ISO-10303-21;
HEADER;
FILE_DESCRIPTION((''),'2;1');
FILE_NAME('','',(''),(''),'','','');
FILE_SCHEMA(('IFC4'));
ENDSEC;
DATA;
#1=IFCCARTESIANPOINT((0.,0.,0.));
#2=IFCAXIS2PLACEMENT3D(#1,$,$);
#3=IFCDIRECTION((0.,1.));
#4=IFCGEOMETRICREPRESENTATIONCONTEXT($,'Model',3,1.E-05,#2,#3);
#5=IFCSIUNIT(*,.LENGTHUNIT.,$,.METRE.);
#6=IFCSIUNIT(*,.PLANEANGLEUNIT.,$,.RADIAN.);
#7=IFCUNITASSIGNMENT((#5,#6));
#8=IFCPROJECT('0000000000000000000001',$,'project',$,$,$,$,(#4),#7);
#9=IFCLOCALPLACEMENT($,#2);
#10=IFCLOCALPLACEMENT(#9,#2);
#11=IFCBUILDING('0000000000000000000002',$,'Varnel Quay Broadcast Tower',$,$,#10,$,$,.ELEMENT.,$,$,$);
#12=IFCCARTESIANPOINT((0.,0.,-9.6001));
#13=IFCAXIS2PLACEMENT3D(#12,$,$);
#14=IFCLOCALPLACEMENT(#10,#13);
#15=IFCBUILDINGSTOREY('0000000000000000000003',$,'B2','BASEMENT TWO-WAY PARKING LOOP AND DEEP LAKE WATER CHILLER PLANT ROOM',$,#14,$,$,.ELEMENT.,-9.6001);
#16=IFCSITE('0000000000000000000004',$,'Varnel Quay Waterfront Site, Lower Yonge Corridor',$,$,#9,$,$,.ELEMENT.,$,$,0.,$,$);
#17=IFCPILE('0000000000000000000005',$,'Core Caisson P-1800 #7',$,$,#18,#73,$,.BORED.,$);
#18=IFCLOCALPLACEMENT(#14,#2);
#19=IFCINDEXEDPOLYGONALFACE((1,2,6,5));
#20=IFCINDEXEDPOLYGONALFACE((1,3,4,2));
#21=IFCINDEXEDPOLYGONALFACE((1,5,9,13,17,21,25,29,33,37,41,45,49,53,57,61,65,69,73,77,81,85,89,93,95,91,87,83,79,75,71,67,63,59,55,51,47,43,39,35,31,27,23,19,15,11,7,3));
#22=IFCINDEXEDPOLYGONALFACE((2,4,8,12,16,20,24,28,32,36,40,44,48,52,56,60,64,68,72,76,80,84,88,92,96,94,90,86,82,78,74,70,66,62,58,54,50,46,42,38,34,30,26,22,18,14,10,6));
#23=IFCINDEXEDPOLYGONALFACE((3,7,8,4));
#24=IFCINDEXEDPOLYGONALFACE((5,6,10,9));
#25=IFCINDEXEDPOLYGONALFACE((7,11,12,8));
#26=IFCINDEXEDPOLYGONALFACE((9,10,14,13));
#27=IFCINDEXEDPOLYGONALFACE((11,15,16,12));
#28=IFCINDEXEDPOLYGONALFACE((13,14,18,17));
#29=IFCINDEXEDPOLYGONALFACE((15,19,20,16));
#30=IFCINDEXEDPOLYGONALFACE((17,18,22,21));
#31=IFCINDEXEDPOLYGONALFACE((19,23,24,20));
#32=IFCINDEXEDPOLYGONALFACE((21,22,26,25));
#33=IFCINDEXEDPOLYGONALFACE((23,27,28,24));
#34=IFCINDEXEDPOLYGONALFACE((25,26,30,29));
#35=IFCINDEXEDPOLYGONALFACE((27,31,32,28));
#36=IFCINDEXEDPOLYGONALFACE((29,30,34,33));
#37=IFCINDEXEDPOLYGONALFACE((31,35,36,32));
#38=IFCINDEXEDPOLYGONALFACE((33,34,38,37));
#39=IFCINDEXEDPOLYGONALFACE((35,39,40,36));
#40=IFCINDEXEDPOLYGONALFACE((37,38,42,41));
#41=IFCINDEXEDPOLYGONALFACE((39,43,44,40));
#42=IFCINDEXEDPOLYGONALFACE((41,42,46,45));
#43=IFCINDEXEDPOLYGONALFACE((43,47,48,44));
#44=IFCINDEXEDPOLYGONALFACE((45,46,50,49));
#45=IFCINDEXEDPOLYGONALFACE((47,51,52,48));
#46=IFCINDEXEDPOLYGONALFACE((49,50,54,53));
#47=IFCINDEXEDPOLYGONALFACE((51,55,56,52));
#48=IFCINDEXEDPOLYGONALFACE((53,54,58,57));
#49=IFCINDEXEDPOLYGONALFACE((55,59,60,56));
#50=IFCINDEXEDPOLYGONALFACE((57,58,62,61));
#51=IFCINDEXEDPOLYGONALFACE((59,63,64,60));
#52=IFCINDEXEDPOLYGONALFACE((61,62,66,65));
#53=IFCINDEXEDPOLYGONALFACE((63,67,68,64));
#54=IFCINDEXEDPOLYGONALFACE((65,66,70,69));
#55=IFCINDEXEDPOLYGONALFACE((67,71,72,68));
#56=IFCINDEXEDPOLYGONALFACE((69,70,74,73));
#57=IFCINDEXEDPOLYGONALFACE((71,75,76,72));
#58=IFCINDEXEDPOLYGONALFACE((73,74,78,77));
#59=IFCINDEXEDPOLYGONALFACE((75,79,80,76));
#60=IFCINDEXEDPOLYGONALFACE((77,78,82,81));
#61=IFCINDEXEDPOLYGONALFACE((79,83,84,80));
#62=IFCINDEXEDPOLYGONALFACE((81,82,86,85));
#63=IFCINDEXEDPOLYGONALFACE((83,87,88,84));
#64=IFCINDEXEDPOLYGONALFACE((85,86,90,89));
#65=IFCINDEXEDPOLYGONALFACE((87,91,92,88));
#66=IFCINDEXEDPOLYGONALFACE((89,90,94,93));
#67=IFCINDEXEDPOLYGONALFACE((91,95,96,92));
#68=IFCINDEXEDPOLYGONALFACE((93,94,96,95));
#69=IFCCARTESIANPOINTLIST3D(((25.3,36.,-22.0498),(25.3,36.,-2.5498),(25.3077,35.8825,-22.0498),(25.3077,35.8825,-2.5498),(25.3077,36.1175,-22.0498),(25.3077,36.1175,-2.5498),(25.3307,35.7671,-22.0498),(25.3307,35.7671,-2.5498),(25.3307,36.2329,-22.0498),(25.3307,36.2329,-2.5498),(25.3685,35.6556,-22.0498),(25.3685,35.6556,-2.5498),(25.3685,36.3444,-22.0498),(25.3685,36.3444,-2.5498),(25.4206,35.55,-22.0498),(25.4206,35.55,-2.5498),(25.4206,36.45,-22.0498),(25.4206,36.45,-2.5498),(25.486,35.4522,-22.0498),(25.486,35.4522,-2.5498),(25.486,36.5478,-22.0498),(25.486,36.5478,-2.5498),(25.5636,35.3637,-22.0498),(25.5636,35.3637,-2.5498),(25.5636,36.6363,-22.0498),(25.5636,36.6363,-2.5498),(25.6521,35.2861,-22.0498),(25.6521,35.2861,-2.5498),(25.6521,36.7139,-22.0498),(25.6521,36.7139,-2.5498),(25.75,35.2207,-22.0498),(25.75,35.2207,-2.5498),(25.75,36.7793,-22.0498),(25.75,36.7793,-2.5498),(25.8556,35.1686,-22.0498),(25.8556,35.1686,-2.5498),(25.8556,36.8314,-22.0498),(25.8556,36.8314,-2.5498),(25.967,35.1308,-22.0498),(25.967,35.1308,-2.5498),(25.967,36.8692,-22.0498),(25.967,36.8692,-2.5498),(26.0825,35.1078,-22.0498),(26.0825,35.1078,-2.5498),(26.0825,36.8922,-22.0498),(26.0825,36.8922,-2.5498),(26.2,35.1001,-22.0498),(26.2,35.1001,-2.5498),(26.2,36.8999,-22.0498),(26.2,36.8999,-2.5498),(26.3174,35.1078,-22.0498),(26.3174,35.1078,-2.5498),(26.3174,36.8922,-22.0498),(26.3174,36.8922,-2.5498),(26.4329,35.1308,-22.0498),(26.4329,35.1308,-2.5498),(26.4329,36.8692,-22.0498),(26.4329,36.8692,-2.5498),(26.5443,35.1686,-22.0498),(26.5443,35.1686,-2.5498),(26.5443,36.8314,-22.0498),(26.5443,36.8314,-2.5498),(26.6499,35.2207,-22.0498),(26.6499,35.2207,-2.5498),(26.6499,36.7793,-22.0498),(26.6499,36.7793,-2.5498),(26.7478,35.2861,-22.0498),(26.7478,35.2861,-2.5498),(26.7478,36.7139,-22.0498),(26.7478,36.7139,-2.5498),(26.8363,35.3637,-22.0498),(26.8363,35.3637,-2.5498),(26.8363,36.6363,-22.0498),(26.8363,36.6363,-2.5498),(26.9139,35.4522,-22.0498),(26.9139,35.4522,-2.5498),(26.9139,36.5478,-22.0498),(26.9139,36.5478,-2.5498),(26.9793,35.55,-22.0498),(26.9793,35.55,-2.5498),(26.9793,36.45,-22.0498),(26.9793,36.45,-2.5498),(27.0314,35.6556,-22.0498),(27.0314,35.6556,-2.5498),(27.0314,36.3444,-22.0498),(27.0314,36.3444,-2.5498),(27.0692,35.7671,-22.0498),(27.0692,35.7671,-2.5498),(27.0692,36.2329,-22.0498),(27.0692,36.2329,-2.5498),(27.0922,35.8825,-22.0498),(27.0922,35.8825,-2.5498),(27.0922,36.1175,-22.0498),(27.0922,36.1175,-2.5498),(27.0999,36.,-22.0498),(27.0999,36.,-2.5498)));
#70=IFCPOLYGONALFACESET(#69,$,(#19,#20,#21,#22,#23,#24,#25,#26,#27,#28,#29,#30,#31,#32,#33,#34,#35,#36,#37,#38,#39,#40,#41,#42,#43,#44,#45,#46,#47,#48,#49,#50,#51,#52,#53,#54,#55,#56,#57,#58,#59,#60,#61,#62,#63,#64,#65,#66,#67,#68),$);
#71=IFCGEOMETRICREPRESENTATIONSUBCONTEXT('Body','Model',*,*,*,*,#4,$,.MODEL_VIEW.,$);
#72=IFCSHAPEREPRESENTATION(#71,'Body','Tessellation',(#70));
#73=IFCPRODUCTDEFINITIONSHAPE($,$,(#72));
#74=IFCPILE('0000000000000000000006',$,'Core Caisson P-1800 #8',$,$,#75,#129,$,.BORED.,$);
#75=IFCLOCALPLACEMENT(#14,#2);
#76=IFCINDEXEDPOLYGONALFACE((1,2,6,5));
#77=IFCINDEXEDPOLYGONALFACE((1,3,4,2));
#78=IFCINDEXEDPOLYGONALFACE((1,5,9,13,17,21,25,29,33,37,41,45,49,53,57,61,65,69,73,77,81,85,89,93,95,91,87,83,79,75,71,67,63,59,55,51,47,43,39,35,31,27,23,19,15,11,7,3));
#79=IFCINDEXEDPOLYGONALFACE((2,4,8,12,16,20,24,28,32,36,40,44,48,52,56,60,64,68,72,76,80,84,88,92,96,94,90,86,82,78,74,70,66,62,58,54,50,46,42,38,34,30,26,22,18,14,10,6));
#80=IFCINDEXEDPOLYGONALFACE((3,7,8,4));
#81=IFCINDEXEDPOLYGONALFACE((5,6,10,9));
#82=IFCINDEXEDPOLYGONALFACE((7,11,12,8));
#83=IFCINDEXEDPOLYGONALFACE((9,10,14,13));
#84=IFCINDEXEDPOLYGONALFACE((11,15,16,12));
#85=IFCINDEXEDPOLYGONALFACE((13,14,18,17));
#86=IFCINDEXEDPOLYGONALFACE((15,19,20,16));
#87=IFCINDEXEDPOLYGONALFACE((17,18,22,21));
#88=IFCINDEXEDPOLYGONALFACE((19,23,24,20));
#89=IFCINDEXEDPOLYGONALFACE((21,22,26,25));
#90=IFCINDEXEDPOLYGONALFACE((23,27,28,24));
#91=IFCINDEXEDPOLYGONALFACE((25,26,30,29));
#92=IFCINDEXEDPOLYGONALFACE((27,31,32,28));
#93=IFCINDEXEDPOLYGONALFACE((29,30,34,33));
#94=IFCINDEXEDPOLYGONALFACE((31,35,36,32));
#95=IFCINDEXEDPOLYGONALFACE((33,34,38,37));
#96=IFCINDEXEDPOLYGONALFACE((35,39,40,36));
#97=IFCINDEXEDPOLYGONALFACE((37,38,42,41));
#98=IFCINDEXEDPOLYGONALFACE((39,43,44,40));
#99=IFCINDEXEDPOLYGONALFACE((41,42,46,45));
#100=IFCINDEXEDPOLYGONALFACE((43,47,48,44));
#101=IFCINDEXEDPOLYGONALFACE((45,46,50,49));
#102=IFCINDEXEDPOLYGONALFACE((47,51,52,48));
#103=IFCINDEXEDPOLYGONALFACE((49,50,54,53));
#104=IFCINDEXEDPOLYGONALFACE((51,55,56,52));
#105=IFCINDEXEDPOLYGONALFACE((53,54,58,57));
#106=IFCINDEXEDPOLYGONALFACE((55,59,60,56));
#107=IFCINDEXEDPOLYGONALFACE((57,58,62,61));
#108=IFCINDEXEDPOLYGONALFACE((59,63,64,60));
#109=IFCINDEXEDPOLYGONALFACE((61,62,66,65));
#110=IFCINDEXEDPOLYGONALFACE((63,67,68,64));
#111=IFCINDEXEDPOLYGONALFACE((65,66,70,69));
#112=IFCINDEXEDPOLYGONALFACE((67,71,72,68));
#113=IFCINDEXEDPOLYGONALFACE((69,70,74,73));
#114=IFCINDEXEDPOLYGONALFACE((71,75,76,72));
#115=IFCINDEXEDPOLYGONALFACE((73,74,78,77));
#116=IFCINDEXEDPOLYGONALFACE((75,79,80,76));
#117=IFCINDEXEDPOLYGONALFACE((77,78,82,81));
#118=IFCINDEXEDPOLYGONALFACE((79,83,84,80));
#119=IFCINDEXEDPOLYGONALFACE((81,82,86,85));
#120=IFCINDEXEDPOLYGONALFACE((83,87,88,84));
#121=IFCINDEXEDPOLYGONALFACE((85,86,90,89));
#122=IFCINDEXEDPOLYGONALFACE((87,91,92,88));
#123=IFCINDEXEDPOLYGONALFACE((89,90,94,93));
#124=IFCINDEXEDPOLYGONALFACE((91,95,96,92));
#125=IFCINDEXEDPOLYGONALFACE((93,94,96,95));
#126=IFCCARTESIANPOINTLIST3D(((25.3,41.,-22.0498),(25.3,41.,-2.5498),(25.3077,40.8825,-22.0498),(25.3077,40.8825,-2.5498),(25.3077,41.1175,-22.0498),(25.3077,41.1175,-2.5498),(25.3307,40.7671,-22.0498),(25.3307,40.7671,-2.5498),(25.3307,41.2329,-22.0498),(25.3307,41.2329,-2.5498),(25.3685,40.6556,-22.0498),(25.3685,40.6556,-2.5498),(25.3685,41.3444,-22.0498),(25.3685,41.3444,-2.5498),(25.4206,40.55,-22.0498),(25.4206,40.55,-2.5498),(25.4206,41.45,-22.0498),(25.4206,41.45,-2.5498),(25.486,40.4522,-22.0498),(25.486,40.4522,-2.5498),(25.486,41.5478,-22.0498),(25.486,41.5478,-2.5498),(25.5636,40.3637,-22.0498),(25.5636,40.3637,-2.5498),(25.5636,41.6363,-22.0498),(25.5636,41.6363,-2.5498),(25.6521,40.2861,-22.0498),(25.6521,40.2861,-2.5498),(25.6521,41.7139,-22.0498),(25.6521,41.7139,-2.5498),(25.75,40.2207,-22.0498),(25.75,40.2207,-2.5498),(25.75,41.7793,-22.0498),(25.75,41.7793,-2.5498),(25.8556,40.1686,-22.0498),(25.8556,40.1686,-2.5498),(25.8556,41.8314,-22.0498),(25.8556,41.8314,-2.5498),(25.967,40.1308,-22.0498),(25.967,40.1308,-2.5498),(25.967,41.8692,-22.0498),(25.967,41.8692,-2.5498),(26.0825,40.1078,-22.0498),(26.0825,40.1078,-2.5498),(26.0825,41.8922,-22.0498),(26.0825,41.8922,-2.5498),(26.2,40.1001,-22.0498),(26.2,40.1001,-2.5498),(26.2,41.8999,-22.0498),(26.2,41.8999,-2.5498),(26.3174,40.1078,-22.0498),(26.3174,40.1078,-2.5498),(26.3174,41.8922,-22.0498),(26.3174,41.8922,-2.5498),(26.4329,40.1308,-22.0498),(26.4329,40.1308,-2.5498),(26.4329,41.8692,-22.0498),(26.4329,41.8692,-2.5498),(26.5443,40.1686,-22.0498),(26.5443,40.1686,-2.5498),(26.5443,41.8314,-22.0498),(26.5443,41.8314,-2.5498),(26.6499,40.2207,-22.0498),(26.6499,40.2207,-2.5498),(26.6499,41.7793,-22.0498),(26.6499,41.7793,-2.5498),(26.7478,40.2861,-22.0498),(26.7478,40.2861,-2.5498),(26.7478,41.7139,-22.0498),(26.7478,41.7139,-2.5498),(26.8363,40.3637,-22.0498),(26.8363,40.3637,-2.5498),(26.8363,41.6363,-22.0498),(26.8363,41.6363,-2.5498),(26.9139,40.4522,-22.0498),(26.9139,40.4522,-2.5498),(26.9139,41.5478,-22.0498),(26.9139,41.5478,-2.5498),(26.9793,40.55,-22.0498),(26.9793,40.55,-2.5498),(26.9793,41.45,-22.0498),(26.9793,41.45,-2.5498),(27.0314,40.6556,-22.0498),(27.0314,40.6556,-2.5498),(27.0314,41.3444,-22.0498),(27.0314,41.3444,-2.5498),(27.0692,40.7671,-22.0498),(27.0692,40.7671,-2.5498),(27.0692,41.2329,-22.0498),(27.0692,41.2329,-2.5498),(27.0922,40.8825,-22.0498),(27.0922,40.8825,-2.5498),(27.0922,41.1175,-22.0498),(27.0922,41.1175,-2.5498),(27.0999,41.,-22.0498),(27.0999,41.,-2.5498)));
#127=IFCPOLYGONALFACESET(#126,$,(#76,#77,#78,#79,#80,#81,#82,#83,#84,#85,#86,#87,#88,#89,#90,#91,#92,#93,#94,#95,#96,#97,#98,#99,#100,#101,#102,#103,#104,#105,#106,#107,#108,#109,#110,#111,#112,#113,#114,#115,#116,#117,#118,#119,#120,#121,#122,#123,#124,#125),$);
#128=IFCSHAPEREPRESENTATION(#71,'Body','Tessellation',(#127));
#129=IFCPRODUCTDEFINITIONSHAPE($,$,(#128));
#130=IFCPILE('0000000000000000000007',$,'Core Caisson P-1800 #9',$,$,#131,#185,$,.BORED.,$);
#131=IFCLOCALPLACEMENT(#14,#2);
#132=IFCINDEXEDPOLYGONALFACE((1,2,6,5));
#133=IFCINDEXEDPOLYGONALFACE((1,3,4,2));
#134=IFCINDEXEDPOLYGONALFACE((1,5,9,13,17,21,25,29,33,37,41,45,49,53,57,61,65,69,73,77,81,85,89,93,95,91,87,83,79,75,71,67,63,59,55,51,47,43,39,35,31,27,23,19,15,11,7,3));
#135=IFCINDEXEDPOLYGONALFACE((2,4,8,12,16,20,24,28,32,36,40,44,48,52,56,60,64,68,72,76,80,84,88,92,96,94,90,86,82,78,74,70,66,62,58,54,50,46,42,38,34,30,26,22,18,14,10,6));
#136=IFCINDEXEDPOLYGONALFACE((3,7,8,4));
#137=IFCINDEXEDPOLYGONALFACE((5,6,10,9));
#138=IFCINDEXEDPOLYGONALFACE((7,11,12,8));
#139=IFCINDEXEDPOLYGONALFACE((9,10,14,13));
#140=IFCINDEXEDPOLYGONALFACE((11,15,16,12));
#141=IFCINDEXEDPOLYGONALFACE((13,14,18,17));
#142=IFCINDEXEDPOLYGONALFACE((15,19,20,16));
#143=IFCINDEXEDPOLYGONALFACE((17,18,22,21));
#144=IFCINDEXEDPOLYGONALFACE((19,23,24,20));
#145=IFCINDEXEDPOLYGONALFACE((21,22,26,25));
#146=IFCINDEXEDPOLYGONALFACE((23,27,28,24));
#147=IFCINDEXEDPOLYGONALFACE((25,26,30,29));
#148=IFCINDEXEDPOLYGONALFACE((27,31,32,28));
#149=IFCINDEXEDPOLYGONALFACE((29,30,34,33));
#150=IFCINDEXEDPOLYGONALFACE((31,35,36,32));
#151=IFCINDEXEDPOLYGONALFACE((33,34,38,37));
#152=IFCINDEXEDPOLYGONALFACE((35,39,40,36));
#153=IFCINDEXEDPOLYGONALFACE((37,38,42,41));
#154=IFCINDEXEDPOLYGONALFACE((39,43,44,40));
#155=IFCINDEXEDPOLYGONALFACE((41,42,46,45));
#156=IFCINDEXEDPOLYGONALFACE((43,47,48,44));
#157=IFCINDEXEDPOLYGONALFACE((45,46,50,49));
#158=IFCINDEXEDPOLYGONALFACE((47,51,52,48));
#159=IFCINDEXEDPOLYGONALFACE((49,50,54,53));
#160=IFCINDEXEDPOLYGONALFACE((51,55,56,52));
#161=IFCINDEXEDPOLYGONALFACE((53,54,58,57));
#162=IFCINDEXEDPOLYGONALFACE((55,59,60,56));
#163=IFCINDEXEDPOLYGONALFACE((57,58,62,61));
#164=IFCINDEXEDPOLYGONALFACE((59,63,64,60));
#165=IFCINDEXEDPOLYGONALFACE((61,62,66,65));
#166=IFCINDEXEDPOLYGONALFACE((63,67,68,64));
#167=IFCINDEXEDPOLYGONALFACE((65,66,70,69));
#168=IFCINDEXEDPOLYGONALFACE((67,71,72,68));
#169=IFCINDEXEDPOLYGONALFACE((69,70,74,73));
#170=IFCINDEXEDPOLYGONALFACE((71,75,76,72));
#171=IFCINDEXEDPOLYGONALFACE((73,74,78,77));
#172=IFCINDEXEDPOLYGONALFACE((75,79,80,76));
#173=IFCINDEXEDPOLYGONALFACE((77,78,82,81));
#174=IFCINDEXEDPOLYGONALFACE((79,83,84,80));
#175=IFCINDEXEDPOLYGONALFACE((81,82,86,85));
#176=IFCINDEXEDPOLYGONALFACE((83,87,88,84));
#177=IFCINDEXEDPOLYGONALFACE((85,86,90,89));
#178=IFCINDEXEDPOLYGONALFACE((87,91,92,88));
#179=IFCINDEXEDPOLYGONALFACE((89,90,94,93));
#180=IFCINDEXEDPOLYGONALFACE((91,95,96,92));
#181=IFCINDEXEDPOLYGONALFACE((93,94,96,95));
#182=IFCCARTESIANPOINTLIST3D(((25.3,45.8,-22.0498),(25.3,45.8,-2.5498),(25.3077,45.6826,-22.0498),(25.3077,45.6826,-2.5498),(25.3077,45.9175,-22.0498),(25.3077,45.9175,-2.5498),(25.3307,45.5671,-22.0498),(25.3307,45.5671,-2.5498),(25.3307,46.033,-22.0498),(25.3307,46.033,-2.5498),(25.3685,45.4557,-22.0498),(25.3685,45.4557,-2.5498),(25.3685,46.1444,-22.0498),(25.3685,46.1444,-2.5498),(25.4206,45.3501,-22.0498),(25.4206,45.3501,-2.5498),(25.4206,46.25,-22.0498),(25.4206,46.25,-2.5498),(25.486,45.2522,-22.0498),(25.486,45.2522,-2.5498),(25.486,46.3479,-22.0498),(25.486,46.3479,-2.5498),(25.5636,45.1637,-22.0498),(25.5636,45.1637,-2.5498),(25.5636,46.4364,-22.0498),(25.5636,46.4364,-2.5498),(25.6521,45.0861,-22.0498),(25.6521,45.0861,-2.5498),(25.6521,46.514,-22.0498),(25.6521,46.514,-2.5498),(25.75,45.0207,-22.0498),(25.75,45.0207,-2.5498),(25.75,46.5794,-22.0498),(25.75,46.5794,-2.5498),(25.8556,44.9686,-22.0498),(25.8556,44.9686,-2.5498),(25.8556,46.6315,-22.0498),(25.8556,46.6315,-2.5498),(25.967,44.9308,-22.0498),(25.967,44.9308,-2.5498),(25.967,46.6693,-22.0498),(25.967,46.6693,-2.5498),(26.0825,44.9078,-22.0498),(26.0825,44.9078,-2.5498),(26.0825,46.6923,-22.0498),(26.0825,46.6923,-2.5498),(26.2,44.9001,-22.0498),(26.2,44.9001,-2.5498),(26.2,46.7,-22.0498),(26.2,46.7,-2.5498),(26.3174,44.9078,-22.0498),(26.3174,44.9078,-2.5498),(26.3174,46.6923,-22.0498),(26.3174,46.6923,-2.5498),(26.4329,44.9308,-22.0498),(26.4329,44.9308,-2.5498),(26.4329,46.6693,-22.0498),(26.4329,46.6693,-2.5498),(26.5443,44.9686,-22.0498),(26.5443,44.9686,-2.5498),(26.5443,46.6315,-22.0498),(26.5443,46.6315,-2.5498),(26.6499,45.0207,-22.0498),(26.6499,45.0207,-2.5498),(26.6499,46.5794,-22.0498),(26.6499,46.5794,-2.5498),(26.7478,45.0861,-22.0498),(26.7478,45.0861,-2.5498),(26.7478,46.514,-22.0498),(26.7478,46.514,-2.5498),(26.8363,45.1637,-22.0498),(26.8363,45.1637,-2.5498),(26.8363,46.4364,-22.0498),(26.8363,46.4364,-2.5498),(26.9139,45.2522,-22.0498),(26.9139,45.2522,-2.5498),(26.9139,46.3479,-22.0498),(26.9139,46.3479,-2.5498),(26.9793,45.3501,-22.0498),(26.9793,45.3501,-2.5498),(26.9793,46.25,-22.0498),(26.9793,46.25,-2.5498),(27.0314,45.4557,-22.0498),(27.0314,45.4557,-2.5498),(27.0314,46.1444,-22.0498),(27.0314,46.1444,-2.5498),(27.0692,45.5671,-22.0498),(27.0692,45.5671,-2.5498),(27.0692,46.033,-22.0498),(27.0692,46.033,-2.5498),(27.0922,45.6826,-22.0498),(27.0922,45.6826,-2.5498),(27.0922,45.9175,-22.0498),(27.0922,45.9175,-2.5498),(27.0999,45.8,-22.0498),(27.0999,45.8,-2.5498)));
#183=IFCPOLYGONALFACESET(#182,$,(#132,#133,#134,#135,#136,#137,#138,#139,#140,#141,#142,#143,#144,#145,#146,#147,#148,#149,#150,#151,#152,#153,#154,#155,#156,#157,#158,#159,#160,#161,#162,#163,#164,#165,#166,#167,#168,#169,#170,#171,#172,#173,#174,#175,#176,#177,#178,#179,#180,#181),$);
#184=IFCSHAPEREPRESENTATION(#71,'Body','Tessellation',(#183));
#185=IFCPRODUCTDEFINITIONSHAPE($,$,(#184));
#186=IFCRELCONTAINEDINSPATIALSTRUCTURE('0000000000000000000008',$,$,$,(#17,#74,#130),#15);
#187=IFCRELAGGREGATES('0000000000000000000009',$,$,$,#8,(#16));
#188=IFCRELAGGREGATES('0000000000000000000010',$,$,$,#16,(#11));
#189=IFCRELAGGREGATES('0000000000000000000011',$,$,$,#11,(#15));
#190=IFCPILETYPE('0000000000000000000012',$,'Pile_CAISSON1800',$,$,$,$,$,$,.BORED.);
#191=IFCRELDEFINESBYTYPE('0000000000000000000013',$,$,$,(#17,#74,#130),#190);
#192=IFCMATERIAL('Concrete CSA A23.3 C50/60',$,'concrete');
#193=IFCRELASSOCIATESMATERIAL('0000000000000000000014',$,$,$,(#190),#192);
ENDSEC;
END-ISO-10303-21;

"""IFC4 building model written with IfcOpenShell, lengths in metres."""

from ifc_helpers import new_model, si_unit, direction, frame, origin, origin_2d, place, context, subcontext, project, spatial, circle, extrude, source, transform, mapped, material, material_profile, profile_set, type_object, type_shapes, element, save


model = new_model("IFC4")

# Units and contexts
model_context = context("Model", 3, precision=1e-05, world=origin(), true_north=direction((0.0, 1.0)))
body_context = subcontext(model_context, "Body", "Model", "MODEL_VIEW")
ifc_project = project(units=[si_unit("LENGTHUNIT", "METRE"), si_unit("PLANEANGLEUNIT", "RADIAN")], contexts=[model_context])

# Site, building, storey
site_placement = place(None, origin())
site = spatial("IfcSite", under=ifc_project, at=site_placement, Name="Varnel Quay Waterfront Site, Lower Yonge Corridor", CompositionType="ELEMENT", RefElevation=0.0)
building_placement = place(site_placement, origin())
building = spatial("IfcBuilding", under=site, at=building_placement, Name="Varnel Quay Broadcast Tower", CompositionType="ELEMENT")
storey_placement = place(building_placement, frame((0.0, 0.0, -9.6001)))
storey = spatial("IfcBuildingStorey", under=building, at=storey_placement, Name="B2", Description="BASEMENT TWO-WAY PARKING LOOP AND DEEP LAKE WATER CHILLER PLANT ROOM", CompositionType="ELEMENT", Elevation=-9.6001)

# Piles
ifc_material_1 = material(Name="Concrete CSA A23.3 C50/60", Category="concrete")
ifc_material_profile_1 = material_profile(ifc_material_1, circle(Radius=0.8999, at=origin_2d()), Name="CAISSON1800")
ifc_profile_set_1 = profile_set([ifc_material_profile_1], Name="Concrete CSA A23.3 C50/60")
pile_type = type_object("IfcPileType", Name="Pile_CAISSON1800", PredefinedType="BORED", material=ifc_profile_set_1)
shared_shape_1 = source(origin(), body_context, "Body", "SweptSolid", [
    extrude(circle(Radius=0.8999, at=origin_2d()), origin(), (0.0, 0.0, 1.0), 19.5),
])
type_shapes(pile_type, [shared_shape_1])
for number, where, z_axis, x_axis, name in (
    (1, (26.2, 36.0, -2.5498), (0.0, 0.0, -1.0), (1.0, 0.0, 0.0), "Core Caisson P-1800 #7"),
    (2, (26.2, 41.0, -2.5498), (0.0, 0.0, -1.0), (1.0, 0.0, 0.0), "Core Caisson P-1800 #8"),
    (3, (26.2, 45.8, -2.5498), (0.0, 0.0, -1.0), (1.0, 0.0, 0.0), "Core Caisson P-1800 #9"),
):
    element("IfcPile", number, at=place(storey_placement, frame(where, z_axis=z_axis, x_axis=x_axis)), inside=storey, type_object=pile_type, Name=name, PredefinedType="BORED", context=body_context, shape_type="MappedRepresentation", body=[
        mapped(shared_shape_1, transform((0.0, 0.0, 0.0), x_axis=(1.0, 0.0, 0.0), y_axis=(0.0, 1.0, 0.0), z_axis=(0.0, 0.0, 1.0), scale=1.0)),
    ])

save(model, "model.ifc")
